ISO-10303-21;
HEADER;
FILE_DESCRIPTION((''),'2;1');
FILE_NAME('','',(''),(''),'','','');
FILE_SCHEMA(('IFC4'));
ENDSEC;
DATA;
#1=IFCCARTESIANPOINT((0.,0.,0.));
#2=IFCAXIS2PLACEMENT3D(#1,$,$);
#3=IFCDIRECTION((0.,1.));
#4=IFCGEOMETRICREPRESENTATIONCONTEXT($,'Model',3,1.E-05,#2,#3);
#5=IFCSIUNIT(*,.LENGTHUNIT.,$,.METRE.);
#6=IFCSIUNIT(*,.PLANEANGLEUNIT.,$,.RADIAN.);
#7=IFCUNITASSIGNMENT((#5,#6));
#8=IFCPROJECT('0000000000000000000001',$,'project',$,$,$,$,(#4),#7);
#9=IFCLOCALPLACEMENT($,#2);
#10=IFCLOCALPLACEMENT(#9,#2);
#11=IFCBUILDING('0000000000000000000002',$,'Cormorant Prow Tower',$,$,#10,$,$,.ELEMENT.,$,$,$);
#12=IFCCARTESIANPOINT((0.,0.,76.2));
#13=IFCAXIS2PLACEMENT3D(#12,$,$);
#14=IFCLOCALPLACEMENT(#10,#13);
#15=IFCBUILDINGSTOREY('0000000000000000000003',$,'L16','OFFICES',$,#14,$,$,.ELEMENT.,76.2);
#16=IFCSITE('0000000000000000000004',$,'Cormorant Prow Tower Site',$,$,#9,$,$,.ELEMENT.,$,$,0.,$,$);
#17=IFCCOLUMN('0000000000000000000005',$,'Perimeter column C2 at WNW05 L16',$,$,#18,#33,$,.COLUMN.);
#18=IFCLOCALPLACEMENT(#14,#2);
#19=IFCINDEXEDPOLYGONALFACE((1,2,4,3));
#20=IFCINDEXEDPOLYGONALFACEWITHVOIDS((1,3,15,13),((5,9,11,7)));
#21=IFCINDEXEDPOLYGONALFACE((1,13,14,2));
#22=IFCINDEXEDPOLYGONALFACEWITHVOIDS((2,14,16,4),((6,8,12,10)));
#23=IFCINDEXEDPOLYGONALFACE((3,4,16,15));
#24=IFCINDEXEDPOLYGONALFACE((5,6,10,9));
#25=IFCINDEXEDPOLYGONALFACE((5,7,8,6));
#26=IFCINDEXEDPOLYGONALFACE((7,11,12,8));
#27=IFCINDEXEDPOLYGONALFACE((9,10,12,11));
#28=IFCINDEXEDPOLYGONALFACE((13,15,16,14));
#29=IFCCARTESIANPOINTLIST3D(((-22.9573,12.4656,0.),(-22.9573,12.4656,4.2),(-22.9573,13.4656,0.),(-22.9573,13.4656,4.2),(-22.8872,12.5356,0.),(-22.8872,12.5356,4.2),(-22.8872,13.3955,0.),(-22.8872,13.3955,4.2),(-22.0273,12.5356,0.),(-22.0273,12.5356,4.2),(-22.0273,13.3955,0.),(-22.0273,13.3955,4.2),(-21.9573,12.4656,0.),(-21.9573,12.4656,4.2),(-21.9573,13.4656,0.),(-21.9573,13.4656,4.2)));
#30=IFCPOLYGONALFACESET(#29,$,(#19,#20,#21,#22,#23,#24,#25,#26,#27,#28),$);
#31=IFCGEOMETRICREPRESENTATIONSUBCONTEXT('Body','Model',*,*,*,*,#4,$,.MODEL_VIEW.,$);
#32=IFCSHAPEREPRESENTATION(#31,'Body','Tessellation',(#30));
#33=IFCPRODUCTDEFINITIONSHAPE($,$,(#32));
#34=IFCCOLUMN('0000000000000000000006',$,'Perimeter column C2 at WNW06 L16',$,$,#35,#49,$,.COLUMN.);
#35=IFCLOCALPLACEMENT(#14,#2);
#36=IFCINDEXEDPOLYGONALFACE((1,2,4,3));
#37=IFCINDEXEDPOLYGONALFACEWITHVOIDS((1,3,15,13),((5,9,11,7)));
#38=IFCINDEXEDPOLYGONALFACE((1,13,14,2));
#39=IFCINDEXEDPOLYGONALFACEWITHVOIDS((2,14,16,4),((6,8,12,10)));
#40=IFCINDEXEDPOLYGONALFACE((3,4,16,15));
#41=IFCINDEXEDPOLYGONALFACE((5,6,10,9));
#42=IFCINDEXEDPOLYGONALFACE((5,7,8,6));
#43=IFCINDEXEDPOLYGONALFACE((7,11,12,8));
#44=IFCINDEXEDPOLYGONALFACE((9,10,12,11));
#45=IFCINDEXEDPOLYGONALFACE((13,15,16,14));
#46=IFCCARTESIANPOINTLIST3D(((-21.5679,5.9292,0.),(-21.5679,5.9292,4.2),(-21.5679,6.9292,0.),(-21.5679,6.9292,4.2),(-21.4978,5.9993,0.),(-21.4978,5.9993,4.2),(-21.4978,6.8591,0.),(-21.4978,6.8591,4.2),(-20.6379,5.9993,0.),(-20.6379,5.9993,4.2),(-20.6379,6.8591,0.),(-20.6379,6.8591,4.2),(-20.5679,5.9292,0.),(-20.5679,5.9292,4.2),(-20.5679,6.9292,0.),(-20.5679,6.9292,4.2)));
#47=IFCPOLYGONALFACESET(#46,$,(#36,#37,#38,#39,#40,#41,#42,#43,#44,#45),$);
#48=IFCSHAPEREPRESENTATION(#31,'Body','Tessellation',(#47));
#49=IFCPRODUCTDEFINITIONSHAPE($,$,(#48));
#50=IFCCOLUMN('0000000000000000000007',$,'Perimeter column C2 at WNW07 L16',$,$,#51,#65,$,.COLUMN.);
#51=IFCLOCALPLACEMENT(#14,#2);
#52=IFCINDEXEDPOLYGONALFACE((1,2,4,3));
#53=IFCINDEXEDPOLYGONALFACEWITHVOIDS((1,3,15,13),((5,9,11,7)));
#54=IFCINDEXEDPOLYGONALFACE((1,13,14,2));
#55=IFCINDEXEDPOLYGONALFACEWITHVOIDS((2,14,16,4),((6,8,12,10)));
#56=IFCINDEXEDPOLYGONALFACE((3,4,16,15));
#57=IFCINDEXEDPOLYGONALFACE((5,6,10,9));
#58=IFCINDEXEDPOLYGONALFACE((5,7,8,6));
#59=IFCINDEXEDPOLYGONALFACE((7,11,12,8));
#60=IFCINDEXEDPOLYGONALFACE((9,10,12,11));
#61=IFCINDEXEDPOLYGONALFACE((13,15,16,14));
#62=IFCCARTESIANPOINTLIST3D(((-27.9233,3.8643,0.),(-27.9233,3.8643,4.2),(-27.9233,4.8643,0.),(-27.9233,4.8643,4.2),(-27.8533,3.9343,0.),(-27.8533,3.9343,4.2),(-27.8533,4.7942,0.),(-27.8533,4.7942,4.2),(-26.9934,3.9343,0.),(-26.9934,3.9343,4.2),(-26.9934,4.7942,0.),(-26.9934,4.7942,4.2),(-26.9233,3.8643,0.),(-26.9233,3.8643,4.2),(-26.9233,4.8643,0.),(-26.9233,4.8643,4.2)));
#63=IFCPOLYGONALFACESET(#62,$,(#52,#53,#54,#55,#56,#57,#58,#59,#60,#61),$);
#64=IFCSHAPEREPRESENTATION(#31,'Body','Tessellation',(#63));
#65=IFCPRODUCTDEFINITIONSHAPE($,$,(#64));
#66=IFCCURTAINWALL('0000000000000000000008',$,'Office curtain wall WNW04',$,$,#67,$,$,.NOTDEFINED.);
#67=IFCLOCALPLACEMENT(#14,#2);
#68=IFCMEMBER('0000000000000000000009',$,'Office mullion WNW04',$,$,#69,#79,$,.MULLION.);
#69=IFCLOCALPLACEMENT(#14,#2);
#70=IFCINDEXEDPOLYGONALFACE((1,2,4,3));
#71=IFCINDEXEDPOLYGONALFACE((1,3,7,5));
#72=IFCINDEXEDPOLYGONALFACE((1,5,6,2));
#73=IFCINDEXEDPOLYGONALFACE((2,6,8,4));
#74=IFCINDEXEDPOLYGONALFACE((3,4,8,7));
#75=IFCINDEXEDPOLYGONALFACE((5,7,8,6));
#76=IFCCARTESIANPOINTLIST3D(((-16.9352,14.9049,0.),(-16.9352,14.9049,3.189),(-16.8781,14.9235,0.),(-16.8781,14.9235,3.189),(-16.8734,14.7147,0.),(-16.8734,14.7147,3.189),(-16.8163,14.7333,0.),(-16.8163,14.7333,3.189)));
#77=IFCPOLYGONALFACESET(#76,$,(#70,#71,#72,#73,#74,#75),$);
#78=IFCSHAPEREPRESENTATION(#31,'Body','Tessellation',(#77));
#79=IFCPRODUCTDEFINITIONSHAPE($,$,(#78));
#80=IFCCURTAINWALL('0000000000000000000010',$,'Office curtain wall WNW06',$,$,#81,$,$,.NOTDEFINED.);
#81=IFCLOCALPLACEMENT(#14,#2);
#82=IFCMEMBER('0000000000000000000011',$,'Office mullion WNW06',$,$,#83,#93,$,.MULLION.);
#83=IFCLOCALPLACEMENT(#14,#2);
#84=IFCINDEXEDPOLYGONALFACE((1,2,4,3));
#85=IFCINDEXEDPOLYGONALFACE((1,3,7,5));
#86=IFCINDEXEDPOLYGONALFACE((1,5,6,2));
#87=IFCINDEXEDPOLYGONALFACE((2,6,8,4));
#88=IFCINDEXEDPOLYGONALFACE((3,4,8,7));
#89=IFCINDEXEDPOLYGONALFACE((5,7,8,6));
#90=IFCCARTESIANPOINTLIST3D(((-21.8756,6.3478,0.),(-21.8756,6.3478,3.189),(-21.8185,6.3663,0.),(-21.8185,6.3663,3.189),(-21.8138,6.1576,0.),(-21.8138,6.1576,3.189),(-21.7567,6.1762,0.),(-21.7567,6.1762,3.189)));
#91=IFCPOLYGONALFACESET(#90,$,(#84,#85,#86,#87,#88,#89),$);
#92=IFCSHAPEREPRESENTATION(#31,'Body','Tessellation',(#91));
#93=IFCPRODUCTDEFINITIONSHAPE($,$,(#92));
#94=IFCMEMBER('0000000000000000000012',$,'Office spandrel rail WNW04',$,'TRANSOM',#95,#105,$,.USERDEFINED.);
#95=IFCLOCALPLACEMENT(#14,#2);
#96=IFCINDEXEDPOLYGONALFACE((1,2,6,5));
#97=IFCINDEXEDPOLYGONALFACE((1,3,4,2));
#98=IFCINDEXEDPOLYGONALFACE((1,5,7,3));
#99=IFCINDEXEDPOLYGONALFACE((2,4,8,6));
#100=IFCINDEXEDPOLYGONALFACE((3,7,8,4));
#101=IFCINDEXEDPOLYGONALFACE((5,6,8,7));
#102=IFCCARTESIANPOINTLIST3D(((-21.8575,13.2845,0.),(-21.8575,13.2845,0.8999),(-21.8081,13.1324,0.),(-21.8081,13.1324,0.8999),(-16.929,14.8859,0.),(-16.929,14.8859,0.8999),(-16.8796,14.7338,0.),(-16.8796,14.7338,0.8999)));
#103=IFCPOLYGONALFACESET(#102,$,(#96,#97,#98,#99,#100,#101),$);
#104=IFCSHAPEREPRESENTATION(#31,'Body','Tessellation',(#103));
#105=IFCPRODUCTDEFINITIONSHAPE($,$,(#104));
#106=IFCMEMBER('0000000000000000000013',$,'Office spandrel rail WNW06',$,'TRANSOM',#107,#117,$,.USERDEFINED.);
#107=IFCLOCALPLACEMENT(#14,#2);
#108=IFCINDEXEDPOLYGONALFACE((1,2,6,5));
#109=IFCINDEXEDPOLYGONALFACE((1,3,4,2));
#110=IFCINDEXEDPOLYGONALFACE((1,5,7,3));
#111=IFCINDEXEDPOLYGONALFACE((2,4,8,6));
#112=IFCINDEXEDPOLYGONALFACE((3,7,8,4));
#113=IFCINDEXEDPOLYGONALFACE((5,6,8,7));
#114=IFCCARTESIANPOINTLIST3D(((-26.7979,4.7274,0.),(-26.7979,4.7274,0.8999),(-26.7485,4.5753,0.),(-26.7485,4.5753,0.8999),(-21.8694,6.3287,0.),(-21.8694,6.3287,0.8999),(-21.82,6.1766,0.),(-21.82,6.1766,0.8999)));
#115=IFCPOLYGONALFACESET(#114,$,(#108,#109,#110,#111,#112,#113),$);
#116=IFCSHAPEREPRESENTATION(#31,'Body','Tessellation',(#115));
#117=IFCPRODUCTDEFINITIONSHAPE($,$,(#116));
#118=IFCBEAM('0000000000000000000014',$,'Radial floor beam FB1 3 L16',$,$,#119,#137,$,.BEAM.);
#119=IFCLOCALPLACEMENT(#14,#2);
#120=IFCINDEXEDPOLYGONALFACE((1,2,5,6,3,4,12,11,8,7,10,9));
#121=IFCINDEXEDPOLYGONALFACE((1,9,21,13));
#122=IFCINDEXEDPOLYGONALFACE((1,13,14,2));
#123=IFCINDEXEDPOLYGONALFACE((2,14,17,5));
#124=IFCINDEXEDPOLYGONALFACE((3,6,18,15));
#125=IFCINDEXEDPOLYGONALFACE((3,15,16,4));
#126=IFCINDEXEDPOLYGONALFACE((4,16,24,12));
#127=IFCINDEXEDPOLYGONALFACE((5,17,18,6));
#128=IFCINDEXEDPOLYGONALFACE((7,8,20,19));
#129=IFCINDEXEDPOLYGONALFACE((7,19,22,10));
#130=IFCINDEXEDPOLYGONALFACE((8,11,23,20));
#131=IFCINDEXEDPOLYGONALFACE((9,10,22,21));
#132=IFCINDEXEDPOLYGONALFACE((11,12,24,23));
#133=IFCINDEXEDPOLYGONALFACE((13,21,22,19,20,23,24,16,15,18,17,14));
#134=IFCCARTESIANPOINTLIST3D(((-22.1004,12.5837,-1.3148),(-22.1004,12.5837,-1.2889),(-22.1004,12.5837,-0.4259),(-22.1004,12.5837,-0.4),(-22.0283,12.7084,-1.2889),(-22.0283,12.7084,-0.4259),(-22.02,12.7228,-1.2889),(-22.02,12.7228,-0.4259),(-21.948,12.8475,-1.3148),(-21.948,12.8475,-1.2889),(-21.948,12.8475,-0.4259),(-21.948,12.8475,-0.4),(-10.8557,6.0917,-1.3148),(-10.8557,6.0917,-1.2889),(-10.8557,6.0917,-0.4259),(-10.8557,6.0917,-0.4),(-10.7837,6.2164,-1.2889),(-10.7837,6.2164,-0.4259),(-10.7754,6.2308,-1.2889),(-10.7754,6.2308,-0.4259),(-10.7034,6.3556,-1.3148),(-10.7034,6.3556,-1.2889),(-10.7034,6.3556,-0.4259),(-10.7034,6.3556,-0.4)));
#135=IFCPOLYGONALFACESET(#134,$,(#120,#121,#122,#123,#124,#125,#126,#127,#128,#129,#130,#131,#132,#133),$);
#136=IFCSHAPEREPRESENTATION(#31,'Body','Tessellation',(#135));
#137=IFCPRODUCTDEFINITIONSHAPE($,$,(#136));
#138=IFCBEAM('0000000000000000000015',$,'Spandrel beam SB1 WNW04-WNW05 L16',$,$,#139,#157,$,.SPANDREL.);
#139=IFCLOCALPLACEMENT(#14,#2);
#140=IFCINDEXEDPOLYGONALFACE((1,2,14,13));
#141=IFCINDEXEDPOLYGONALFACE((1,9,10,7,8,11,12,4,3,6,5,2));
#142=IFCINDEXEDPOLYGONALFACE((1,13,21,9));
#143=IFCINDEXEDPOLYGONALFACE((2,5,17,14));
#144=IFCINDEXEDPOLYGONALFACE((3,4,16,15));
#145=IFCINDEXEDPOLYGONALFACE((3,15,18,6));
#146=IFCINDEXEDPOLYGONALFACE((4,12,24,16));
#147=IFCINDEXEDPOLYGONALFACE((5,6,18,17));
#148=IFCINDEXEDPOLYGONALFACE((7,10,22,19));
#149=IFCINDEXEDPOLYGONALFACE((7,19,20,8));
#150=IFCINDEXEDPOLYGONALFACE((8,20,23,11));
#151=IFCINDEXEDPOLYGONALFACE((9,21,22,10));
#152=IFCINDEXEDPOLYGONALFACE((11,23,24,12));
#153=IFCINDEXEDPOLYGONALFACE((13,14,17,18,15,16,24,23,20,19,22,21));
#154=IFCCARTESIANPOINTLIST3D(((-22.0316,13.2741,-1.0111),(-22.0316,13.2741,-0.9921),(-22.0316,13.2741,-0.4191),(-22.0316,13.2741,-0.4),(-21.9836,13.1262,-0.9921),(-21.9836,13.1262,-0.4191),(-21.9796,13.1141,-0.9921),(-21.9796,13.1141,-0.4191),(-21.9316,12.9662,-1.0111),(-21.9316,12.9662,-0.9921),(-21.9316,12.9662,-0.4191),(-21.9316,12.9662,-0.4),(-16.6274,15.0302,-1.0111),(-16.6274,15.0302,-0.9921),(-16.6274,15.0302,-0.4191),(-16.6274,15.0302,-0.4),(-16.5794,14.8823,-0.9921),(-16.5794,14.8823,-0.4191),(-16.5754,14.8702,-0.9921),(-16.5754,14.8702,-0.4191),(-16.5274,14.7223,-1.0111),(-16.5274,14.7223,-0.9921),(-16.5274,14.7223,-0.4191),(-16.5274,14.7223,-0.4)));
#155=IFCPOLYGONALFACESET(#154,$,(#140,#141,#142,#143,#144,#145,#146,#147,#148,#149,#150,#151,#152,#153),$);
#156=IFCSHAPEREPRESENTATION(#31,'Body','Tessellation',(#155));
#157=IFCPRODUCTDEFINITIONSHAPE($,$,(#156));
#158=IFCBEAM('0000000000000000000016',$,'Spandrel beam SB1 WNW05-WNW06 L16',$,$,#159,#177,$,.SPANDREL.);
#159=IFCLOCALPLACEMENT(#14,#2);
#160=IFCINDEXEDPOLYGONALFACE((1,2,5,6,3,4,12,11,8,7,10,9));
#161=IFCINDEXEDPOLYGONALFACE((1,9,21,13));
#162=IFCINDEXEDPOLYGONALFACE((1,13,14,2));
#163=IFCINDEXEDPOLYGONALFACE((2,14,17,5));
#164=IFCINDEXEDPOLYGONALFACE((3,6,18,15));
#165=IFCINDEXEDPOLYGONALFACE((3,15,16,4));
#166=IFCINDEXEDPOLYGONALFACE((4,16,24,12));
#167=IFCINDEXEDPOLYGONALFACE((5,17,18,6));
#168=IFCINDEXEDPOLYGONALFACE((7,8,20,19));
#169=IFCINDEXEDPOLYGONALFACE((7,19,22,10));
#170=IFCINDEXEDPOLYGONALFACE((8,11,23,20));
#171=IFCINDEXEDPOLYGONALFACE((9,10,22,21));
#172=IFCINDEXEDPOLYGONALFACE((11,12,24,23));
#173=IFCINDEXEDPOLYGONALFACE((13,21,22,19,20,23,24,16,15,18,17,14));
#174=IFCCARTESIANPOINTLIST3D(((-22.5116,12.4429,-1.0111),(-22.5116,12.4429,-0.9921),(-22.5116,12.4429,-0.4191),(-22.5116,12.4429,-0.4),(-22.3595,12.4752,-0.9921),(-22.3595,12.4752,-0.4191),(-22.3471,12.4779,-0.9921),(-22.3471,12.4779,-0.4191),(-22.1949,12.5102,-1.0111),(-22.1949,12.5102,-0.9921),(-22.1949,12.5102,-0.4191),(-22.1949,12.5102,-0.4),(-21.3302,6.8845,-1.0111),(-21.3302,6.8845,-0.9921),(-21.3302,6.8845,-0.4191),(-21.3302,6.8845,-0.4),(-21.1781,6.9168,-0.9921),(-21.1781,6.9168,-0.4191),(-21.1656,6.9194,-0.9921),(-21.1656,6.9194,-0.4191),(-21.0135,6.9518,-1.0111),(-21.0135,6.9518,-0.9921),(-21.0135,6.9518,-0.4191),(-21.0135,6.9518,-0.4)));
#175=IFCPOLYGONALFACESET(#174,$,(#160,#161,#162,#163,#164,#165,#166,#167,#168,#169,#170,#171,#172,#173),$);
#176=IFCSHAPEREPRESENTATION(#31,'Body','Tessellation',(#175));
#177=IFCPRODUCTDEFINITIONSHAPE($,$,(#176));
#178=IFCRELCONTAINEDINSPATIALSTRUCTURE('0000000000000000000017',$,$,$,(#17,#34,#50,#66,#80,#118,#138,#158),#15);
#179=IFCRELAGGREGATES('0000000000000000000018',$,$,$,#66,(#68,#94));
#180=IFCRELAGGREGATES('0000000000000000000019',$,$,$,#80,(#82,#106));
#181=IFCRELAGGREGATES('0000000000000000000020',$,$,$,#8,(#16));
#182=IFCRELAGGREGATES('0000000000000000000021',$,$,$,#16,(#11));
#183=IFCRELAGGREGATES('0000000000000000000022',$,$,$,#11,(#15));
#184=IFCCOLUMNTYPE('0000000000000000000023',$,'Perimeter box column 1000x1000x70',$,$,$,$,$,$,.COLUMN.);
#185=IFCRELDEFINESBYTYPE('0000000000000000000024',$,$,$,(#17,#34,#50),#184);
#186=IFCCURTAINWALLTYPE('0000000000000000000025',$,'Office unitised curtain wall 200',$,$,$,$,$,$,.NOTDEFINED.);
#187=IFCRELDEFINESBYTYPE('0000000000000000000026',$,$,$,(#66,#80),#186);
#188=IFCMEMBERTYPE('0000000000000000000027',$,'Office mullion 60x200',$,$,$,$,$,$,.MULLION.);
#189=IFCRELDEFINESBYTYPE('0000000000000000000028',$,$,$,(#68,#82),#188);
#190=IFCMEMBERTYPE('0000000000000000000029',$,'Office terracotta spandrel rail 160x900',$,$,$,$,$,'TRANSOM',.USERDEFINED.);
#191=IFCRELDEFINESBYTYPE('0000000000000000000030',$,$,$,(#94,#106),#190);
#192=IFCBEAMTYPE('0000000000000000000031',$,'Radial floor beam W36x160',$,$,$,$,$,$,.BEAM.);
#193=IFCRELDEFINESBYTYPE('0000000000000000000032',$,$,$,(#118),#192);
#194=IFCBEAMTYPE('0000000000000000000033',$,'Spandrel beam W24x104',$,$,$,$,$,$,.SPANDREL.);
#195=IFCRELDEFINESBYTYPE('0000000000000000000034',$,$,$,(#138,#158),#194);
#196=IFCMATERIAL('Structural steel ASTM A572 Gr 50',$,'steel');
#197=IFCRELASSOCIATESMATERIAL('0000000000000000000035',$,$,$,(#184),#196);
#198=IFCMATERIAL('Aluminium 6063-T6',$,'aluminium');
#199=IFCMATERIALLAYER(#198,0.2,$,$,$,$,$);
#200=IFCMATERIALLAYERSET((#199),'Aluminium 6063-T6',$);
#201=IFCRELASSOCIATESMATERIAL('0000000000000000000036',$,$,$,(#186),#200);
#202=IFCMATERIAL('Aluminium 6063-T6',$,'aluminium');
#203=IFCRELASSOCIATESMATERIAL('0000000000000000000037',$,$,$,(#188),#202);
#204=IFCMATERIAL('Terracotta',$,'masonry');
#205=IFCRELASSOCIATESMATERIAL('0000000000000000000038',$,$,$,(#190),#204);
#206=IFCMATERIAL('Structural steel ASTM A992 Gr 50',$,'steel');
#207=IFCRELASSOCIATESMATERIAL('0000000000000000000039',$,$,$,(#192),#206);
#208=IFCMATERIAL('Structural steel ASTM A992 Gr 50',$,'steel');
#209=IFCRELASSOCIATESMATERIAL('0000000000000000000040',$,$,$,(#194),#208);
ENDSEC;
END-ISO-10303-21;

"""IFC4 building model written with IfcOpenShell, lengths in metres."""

from ifc_helpers import new_model, si_unit, direction, frame, origin, origin_2d, place, context, subcontext, project, spatial, rectangle, hollow_rectangle, i_section, extrude, material, layer, layer_set, material_profile, profile_set, type_object, element, aggregate, save


model = new_model("IFC4")

# Units and contexts
model_context = context("Model", 3, precision=1e-05, world=origin(), true_north=direction((0.0, 1.0)))
body_context = subcontext(model_context, "Body", "Model", "MODEL_VIEW")
ifc_project = project(units=[si_unit("LENGTHUNIT", "METRE"), si_unit("PLANEANGLEUNIT", "RADIAN")], contexts=[model_context])

# Site, building, storey
site_placement = place(None, origin())
site = spatial("IfcSite", under=ifc_project, at=site_placement, Name="Cormorant Prow Tower Site", CompositionType="ELEMENT", RefElevation=0.0)
building_placement = place(site_placement, origin())
building = spatial("IfcBuilding", under=site, at=building_placement, Name="Cormorant Prow Tower", CompositionType="ELEMENT")
storey_placement = place(building_placement, frame((0.0, 0.0, 76.2)))
storey = spatial("IfcBuildingStorey", under=building, at=storey_placement, Name="L16", Description="OFFICES", CompositionType="ELEMENT", Elevation=76.2)

# Columns
ifc_material_1 = material(Name="Structural steel ASTM A572 Gr 50", Category="steel")
ifc_material_profile_1 = material_profile(ifc_material_1, hollow_rectangle(XDim=1.0, YDim=1.0, WallThickness=0.0701, at=origin_2d()), Name="Box 1000x1000x70")
ifc_profile_set_1 = profile_set([ifc_material_profile_1], Name="Structural steel ASTM A572 Gr 50")
column_type = type_object("IfcColumnType", Name="Perimeter box column 1000x1000x70", PredefinedType="COLUMN", material=ifc_profile_set_1)
for number, where, z_axis, x_axis, name in (
    (1, (-22.4573, 12.9656, 0.0), (0.0, 0.0, 1.0), (1.0, 0.0, 0.0), "Perimeter column C2 at WNW05 L16"),
    (2, (-21.0679, 6.4292, 0.0), (0.0, 0.0, 1.0), (1.0, 0.0, 0.0), "Perimeter column C2 at WNW06 L16"),
    (3, (-27.4233, 4.3643, 0.0), (0.0, 0.0, 1.0), (1.0, 0.0, 0.0), "Perimeter column C2 at WNW07 L16"),
):
    element("IfcColumn", number, at=place(storey_placement, frame(where, z_axis=z_axis, x_axis=x_axis)), inside=storey, type_object=column_type, Name=name, PredefinedType="COLUMN", context=body_context, shape_type="SweptSolid", body=[
        extrude(hollow_rectangle(XDim=1.0, YDim=1.0, WallThickness=0.0701, at=origin_2d()), origin(), (0.0, 0.0, 1.0), 4.2),
    ])

# Curtain walls, members
ifc_material_2 = material(Name="Aluminium 6063-T6", Category="aluminium")
ifc_layer_1 = layer(ifc_material_2, 0.2)
ifc_layer_set_1 = layer_set([ifc_layer_1], Name="Aluminium 6063-T6")
curtain_wall_type = type_object("IfcCurtainWallType", Name="Office unitised curtain wall 200", PredefinedType="NOTDEFINED", material=ifc_layer_set_1)
curtain_wall_1_placement = place(storey_placement, origin())
curtain_wall_1 = element("IfcCurtainWall", 4, at=curtain_wall_1_placement, inside=storey, type_object=curtain_wall_type, Name="Office curtain wall WNW04", PredefinedType="NOTDEFINED")
ifc_material_3 = material(Name="Aluminium 6063-T6", Category="aluminium")
ifc_material_profile_2 = material_profile(ifc_material_3, rectangle(XDim=0.2, YDim=0.0601, at=origin_2d()), Name="Office mullion 60x200")
ifc_profile_set_2 = profile_set([ifc_material_profile_2], Name="Aluminium 6063-T6")
member_type_1 = type_object("IfcMemberType", Name="Office mullion 60x200", PredefinedType="MULLION", material=ifc_profile_set_2)
member_1_placement = place(storey_placement, frame((-16.8757, 14.8191, 0.0), z_axis=(0.0, 0.0, 1.0), x_axis=(0.309017, -0.951057, 0.0)))
member_1 = element("IfcMember", 5, at=member_1_placement, type_object=member_type_1, Name="Office mullion WNW04", PredefinedType="MULLION", context=body_context, shape_type="SweptSolid", body=[
    extrude(rectangle(XDim=0.2, YDim=0.0601, at=origin_2d()), origin(), (0.0, 0.0, 1.0), 3.189),
])
curtain_wall_2_placement = place(storey_placement, origin())
curtain_wall_2 = element("IfcCurtainWall", 6, at=curtain_wall_2_placement, inside=storey, type_object=curtain_wall_type, Name="Office curtain wall WNW06", PredefinedType="NOTDEFINED")
member_2_placement = place(storey_placement, frame((-21.8162, 6.262, 0.0), z_axis=(0.0, 0.0, 1.0), x_axis=(0.309017, -0.951057, 0.0)))
member_2 = element("IfcMember", 7, at=member_2_placement, type_object=member_type_1, Name="Office mullion WNW06", PredefinedType="MULLION", context=body_context, shape_type="SweptSolid", body=[
    extrude(rectangle(XDim=0.2, YDim=0.0601, at=origin_2d()), origin(), (0.0, 0.0, 1.0), 3.189),
])

# Members
ifc_material_4 = material(Name="Terracotta", Category="masonry")
ifc_material_profile_3 = material_profile(ifc_material_4, rectangle(XDim=0.1599, YDim=0.8999, at=origin_2d()), Name="Office terracotta spandrel rail 160x900")
ifc_profile_set_3 = profile_set([ifc_material_profile_3], Name="Terracotta")
member_type_2 = type_object("IfcMemberType", Name="Office terracotta spandrel rail 160x900", ElementType="TRANSOM", PredefinedType="USERDEFINED", material=ifc_profile_set_3)
member_3_placement = place(storey_placement, frame((-16.9043, 14.8098, 0.45), z_axis=(-0.951059, -0.30901, 0.0), x_axis=(0.30901, -0.951059, 0.0)))
member_3 = element("IfcMember", 8, at=member_3_placement, type_object=member_type_2, Name="Office spandrel rail WNW04", ObjectType="TRANSOM", PredefinedType="USERDEFINED", context=body_context, shape_type="SweptSolid", body=[
    extrude(rectangle(XDim=0.1599, YDim=0.8999, at=origin_2d()), origin(), (0.0, 0.0, 1.0), 5.1821),
])
member_4_placement = place(storey_placement, frame((-21.8447, 6.2527, 0.45), z_axis=(-0.951059, -0.30901, 0.0), x_axis=(0.30901, -0.951059, 0.0)))
member_4 = element("IfcMember", 9, at=member_4_placement, type_object=member_type_2, Name="Office spandrel rail WNW06", ObjectType="TRANSOM", PredefinedType="USERDEFINED", context=body_context, shape_type="SweptSolid", body=[
    extrude(rectangle(XDim=0.1599, YDim=0.8999, at=origin_2d()), origin(), (0.0, 0.0, 1.0), 5.1821),
])

# Beams
ifc_material_5 = material(Name="Structural steel ASTM A992 Gr 50", Category="steel")
ifc_material_profile_4 = material_profile(ifc_material_5, i_section(OverallWidth=0.3047, OverallDepth=0.9148, WebThickness=0.0166, FlangeThickness=0.0259, at=origin_2d()), Name="W36x160")
ifc_profile_set_4 = profile_set([ifc_material_profile_4], Name="Structural steel ASTM A992 Gr 50")
beam_type_1 = type_object("IfcBeamType", Name="Radial floor beam W36x160", PredefinedType="BEAM", material=ifc_profile_set_4)
beam_1_placement = place(storey_placement, frame((-10.7795, 6.2236, -0.8574), z_axis=(-0.86603, 0.499992, 0.0), x_axis=(-0.499992, -0.86603, 0.0)))
element("IfcBeam", 10, at=beam_1_placement, inside=storey, type_object=beam_type_1, Name="Radial floor beam FB1 3 L16", PredefinedType="BEAM", context=body_context, shape_type="SweptSolid", body=[
    extrude(i_section(OverallWidth=0.3047, OverallDepth=0.9148, WebThickness=0.0166, FlangeThickness=0.0259, at=origin_2d()), origin(), (0.0, 0.0, 1.0), 12.9841),
])
ifc_material_6 = material(Name="Structural steel ASTM A992 Gr 50", Category="steel")
ifc_material_profile_5 = material_profile(ifc_material_6, i_section(OverallWidth=0.3237, OverallDepth=0.6111, WebThickness=0.0127, FlangeThickness=0.019, at=origin_2d()), Name="W24x104")
ifc_profile_set_5 = profile_set([ifc_material_profile_5], Name="Structural steel ASTM A992 Gr 50")
beam_type_2 = type_object("IfcBeamType", Name="Spandrel beam W24x104", PredefinedType="SPANDREL", material=ifc_profile_set_5)
beam_2_placement = place(storey_placement, frame((-16.5774, 14.8762, -0.7056), z_axis=(-0.951049, -0.309039, 0.0), x_axis=(0.309039, -0.951049, 0.0)))
element("IfcBeam", 11, at=beam_2_placement, inside=storey, type_object=beam_type_2, Name="Spandrel beam SB1 WNW04-WNW05 L16", PredefinedType="SPANDREL", context=body_context, shape_type="SweptSolid", body=[
    extrude(i_section(OverallWidth=0.3237, OverallDepth=0.6111, WebThickness=0.0127, FlangeThickness=0.019, at=origin_2d()), origin(), (0.0, 0.0, 1.0), 5.6824),
])
beam_3_placement = place(storey_placement, frame((-22.3533, 12.4766, -0.7056), z_axis=(0.2079, -0.97815, 0.0), x_axis=(0.97815, 0.2079, 0.0)))
element("IfcBeam", 12, at=beam_3_placement, inside=storey, type_object=beam_type_2, Name="Spandrel beam SB1 WNW05-WNW06 L16", PredefinedType="SPANDREL", context=body_context, shape_type="SweptSolid", body=[
    extrude(i_section(OverallWidth=0.3237, OverallDepth=0.6111, WebThickness=0.0127, FlangeThickness=0.019, at=origin_2d()), origin(), (0.0, 0.0, 1.0), 5.6826),
])

aggregate(curtain_wall_1, [member_1, member_3])
aggregate(curtain_wall_2, [member_2, member_4])

save(model, "model.ifc")
